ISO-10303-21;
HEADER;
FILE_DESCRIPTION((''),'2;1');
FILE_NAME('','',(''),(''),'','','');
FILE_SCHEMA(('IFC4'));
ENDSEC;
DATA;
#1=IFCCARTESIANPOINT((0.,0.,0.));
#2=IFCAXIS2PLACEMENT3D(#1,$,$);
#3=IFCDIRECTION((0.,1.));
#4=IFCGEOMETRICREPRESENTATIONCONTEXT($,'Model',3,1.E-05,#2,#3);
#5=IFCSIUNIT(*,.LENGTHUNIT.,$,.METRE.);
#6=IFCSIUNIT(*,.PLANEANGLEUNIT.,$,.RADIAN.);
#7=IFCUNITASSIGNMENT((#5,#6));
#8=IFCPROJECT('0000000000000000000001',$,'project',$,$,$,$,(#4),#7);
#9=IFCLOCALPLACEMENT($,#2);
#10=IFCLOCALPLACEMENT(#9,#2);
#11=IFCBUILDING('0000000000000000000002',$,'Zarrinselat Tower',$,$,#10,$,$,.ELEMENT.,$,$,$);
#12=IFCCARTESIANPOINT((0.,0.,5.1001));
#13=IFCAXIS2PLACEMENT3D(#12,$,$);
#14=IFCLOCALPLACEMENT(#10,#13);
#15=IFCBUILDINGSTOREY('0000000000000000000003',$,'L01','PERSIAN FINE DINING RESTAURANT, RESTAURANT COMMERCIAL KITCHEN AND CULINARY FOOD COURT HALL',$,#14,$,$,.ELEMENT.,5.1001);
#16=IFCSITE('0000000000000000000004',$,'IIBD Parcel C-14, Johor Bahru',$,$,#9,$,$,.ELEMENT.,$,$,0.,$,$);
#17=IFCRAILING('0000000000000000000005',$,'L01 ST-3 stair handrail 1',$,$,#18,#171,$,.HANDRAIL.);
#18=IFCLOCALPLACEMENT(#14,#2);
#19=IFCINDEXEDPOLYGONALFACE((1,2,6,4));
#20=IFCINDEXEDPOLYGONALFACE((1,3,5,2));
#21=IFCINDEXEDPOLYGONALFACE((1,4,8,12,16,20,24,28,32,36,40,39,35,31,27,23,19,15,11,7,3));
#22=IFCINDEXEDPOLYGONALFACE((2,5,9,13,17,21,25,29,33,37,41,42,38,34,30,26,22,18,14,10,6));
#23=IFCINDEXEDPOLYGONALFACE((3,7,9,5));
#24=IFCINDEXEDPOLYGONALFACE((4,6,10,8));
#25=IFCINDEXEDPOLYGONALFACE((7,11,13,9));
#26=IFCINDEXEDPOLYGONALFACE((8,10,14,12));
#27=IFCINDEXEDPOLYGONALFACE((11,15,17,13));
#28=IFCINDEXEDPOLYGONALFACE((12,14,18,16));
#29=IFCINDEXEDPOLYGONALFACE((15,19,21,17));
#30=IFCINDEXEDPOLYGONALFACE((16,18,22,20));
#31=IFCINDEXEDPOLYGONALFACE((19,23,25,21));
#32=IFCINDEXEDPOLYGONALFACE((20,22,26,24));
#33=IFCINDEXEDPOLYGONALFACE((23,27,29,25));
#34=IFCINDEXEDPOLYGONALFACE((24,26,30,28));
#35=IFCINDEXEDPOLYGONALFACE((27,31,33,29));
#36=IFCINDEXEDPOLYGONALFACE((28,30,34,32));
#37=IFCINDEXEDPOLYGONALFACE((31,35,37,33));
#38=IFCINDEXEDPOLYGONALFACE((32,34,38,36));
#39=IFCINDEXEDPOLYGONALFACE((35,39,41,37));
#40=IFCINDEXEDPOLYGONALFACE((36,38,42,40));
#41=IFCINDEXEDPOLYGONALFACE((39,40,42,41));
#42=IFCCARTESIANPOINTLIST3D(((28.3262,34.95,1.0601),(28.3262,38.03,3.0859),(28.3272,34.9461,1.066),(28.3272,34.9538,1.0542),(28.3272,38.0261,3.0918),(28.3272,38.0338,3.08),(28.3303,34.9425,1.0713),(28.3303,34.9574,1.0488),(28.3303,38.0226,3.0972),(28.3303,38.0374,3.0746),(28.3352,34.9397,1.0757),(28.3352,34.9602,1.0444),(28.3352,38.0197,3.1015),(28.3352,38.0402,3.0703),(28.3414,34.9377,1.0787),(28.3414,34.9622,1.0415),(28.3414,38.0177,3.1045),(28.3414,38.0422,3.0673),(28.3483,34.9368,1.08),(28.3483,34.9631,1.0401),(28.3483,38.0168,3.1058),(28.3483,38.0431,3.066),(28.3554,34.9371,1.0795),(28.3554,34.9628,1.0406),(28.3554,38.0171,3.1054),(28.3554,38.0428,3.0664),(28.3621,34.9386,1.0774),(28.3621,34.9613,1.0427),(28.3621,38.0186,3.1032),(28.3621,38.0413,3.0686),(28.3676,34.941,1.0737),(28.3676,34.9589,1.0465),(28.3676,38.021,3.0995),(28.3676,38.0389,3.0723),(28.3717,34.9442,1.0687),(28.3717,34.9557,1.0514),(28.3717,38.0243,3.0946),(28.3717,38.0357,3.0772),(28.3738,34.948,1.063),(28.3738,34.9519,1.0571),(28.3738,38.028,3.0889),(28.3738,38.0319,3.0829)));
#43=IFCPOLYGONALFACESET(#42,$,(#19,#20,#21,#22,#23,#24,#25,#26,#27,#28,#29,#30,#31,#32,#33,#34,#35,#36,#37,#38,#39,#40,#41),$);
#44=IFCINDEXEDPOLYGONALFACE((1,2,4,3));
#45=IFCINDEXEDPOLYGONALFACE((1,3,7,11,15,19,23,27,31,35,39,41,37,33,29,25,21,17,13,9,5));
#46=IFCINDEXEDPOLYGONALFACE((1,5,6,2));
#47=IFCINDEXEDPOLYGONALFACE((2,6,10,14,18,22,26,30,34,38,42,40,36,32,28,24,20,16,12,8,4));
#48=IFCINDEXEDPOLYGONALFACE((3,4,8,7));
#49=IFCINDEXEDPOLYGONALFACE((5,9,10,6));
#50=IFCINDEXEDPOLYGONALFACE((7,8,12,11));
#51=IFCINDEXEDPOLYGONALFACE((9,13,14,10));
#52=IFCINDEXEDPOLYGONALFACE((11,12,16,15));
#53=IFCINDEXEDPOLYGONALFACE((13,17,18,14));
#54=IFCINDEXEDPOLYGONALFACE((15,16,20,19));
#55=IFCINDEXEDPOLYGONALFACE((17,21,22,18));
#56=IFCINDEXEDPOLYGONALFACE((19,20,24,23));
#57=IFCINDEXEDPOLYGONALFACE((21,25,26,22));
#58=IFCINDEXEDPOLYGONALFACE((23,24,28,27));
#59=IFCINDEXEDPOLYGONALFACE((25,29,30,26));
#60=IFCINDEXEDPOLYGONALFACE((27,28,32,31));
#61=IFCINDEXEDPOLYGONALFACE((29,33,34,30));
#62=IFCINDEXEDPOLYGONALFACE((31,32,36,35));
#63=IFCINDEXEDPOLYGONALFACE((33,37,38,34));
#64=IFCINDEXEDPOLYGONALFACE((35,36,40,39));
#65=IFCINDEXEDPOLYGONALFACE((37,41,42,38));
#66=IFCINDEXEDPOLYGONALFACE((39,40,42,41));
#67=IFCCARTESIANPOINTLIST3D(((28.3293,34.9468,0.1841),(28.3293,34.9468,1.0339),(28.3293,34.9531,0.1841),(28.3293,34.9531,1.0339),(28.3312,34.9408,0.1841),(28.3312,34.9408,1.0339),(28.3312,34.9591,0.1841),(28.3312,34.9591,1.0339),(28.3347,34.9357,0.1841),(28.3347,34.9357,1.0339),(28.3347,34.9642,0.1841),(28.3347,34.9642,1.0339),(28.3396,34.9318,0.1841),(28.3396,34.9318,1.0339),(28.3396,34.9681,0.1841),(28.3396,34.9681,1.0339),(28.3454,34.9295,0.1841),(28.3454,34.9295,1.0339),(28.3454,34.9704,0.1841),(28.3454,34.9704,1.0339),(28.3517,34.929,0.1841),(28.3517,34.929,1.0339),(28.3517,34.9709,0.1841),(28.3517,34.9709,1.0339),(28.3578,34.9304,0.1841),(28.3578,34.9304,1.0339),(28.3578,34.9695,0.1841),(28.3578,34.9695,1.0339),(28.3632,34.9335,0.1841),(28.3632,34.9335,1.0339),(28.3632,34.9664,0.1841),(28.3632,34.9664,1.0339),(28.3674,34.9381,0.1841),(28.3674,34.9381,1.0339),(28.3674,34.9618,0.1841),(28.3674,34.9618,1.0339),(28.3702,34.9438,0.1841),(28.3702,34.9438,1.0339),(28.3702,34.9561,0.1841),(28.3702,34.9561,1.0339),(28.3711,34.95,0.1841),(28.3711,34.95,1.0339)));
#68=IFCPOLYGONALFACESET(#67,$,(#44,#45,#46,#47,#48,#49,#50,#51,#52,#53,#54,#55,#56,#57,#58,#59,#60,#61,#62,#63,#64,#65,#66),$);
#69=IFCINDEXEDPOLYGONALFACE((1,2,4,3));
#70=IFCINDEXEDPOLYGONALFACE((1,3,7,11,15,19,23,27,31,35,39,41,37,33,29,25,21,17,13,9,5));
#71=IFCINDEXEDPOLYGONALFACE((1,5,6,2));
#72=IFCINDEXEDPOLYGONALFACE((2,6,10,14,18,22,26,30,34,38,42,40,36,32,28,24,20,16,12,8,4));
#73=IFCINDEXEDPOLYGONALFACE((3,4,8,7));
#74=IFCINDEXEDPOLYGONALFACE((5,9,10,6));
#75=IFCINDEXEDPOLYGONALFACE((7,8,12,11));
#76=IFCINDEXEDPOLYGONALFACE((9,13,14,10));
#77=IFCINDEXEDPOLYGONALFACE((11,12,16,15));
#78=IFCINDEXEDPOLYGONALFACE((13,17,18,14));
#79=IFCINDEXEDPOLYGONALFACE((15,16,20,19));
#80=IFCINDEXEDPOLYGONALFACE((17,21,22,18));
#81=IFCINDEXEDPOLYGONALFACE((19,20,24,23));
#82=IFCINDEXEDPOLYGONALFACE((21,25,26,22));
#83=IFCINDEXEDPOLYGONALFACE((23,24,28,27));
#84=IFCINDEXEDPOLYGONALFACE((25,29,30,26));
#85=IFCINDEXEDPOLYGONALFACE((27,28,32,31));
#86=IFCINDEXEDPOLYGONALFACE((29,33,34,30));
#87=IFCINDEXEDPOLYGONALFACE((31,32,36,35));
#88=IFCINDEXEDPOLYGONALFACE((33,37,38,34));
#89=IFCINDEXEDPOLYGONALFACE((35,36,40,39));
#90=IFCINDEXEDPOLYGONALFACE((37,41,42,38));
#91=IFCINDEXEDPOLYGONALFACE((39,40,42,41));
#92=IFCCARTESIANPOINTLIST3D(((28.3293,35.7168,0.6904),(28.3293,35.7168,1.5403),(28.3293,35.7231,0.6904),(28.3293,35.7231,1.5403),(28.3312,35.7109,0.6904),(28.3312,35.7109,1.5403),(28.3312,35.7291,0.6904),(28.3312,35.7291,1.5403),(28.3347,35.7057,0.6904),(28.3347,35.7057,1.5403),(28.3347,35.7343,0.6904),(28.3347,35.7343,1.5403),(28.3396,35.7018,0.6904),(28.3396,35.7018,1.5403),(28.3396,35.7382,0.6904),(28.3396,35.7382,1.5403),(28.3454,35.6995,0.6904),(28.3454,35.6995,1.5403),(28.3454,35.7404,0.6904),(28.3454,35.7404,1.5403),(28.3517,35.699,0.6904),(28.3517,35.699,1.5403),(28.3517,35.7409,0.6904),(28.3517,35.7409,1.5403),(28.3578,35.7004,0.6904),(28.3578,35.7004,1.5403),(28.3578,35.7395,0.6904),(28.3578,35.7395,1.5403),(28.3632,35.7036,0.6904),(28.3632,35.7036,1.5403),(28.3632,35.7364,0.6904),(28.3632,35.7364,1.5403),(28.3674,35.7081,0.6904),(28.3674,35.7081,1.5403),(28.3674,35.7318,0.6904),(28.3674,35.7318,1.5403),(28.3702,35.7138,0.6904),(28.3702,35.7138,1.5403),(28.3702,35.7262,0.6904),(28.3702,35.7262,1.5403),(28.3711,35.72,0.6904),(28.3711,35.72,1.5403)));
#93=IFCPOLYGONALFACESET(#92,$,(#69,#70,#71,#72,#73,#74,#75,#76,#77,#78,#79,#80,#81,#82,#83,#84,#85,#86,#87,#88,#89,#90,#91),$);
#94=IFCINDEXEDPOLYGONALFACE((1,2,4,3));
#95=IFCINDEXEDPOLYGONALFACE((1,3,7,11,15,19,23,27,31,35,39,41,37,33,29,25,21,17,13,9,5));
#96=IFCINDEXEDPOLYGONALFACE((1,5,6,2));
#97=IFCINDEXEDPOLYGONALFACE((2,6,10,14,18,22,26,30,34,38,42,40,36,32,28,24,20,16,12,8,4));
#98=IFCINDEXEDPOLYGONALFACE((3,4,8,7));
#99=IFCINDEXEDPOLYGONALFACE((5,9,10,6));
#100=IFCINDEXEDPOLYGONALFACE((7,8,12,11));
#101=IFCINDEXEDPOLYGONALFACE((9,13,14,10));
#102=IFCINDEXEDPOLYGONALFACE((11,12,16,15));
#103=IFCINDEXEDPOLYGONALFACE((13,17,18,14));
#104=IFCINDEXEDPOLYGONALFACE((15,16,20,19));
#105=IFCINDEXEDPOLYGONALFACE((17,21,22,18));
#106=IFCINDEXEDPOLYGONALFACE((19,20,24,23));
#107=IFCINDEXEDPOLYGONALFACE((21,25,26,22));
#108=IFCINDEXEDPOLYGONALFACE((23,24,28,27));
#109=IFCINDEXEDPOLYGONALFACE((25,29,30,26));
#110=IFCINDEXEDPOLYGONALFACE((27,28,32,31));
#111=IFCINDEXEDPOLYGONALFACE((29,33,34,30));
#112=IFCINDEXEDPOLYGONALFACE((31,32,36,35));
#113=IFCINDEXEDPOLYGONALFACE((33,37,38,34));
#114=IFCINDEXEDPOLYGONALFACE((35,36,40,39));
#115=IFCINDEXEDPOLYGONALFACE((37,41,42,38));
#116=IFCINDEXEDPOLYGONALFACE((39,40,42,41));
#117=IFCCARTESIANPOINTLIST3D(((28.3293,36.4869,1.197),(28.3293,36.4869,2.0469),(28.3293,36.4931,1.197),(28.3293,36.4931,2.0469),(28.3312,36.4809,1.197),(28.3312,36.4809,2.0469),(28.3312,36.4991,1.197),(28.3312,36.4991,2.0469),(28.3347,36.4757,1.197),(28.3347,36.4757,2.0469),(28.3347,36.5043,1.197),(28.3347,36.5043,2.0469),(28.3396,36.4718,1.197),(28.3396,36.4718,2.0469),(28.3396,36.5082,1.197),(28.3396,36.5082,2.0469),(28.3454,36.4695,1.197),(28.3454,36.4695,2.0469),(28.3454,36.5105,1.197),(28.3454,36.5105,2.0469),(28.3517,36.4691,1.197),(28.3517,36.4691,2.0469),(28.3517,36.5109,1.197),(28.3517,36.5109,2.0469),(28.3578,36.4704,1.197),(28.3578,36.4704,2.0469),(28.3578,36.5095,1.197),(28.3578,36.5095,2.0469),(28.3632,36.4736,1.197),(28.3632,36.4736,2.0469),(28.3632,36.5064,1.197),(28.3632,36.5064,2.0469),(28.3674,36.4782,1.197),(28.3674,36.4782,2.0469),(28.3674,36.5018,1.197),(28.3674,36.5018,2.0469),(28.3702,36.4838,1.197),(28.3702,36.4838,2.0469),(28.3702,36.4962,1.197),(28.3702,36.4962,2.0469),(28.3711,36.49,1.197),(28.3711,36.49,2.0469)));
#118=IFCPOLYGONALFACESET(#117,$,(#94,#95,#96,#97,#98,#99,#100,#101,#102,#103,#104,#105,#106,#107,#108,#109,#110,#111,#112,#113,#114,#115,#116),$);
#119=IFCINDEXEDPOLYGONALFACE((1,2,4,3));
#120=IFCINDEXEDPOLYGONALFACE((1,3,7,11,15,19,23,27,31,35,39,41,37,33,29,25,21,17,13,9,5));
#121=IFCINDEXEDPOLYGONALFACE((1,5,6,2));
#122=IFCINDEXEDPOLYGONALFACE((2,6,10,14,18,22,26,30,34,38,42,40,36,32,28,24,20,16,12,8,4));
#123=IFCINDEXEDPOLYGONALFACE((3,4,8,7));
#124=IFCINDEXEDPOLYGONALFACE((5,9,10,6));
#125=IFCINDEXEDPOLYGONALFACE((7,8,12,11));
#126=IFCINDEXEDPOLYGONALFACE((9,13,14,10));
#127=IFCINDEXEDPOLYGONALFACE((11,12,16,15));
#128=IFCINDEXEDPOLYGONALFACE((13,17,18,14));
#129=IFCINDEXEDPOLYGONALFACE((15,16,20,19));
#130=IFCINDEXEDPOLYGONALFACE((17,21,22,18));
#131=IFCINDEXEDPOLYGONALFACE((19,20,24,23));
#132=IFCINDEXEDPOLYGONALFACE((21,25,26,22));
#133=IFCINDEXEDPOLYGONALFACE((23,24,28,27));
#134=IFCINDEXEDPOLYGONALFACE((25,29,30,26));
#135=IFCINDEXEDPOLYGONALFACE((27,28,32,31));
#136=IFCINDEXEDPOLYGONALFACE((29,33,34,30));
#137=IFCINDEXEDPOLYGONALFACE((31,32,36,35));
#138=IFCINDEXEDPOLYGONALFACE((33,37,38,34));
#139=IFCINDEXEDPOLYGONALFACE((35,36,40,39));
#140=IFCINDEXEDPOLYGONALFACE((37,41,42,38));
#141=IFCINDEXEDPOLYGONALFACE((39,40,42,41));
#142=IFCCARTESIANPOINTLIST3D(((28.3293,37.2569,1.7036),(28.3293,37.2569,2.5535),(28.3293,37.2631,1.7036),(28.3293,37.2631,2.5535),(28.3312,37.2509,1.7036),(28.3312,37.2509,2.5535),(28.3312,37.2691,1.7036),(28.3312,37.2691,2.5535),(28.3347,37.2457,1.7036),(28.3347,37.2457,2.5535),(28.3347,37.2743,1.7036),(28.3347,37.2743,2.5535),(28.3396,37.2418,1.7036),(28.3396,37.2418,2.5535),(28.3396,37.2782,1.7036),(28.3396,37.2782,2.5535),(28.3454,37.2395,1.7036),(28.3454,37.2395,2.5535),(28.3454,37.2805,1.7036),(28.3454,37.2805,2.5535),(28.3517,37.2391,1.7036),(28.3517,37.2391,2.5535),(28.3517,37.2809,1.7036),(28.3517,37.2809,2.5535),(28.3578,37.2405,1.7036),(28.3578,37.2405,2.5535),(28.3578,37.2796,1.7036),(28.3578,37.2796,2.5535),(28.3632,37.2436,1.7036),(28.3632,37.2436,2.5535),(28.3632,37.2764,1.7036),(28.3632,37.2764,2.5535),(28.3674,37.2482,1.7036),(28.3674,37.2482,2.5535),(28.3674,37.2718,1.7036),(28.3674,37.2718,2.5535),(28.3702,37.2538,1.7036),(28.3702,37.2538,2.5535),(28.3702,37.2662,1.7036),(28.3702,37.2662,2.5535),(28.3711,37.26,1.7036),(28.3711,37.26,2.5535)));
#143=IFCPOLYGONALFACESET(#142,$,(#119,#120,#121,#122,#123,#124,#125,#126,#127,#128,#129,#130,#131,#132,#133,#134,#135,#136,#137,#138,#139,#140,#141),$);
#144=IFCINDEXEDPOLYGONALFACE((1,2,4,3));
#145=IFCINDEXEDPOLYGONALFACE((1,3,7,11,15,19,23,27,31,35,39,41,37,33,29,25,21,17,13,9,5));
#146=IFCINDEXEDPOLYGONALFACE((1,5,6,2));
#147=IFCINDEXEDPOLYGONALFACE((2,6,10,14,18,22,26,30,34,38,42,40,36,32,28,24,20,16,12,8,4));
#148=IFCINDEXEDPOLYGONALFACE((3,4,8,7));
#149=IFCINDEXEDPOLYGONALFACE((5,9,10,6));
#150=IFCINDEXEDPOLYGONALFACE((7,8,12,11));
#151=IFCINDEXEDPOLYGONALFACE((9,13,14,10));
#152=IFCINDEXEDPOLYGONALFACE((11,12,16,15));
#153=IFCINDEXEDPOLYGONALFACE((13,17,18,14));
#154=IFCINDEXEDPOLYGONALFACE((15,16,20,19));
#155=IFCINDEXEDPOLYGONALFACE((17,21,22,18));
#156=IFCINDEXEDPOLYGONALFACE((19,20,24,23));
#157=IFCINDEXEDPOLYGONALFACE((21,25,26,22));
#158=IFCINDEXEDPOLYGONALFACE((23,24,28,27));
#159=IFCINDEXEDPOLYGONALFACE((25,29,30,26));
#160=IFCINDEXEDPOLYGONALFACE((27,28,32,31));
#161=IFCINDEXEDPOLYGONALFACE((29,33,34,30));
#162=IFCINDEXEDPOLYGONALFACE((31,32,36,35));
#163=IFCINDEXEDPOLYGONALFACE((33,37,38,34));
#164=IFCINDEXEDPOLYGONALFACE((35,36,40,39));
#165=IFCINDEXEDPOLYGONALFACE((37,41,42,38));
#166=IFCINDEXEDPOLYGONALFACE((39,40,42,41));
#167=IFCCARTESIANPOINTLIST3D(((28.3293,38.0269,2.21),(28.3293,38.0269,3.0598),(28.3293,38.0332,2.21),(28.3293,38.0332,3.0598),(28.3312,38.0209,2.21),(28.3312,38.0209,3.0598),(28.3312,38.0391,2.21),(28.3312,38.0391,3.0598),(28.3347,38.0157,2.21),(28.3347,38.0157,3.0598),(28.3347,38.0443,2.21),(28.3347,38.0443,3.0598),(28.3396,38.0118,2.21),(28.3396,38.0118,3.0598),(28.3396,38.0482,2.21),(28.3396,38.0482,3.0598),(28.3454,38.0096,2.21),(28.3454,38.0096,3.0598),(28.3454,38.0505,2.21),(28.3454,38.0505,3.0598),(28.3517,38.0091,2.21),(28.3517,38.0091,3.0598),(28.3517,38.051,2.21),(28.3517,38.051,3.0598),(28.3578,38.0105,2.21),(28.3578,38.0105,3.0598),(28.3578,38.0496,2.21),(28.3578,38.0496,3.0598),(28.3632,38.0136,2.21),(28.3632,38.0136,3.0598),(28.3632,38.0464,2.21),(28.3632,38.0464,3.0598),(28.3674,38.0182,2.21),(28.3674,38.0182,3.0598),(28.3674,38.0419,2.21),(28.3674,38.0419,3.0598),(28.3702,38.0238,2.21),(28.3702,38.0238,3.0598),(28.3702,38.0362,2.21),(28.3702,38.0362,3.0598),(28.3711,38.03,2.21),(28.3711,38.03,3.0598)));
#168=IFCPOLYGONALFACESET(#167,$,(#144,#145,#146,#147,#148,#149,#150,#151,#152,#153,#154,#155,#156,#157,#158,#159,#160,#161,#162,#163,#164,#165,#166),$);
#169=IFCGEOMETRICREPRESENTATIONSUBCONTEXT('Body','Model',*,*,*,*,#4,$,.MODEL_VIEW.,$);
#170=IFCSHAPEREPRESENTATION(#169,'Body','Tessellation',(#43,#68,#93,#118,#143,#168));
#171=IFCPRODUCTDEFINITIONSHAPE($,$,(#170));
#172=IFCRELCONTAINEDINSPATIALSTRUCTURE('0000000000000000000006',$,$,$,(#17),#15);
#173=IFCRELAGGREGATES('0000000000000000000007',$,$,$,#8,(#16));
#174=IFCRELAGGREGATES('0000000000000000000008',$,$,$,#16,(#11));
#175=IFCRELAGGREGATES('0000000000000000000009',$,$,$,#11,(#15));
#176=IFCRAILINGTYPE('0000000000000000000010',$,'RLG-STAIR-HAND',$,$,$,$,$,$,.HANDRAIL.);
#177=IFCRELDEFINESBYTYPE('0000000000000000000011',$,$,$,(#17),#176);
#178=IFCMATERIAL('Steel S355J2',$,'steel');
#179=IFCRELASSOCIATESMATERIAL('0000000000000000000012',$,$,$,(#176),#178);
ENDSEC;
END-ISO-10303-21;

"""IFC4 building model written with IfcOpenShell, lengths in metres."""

from ifc_helpers import new_model, si_unit, direction, frame, origin, origin_2d, place, context, subcontext, project, spatial, circle, extrude, material, type_object, element, save


model = new_model("IFC4")

# Units and contexts
model_context = context("Model", 3, precision=1e-05, world=origin(), true_north=direction((0.0, 1.0)))
body_context = subcontext(model_context, "Body", "Model", "MODEL_VIEW")
ifc_project = project(units=[si_unit("LENGTHUNIT", "METRE"), si_unit("PLANEANGLEUNIT", "RADIAN")], contexts=[model_context])

# Site, building, storey
site_placement = place(None, origin())
site = spatial("IfcSite", under=ifc_project, at=site_placement, Name="IIBD Parcel C-14, Johor Bahru", CompositionType="ELEMENT", RefElevation=0.0)
building_placement = place(site_placement, origin())
building = spatial("IfcBuilding", under=site, at=building_placement, Name="Zarrinselat Tower", CompositionType="ELEMENT")
storey_placement = place(building_placement, frame((0.0, 0.0, 5.1001)))
storey = spatial("IfcBuildingStorey", under=building, at=storey_placement, Name="L01", Description="PERSIAN FINE DINING RESTAURANT, RESTAURANT COMMERCIAL KITCHEN AND CULINARY FOOD COURT HALL", CompositionType="ELEMENT", Elevation=5.1001)

# Railing
ifc_material_1 = material(Name="Steel S355J2", Category="steel")
railing_type_1 = type_object("IfcRailingType", Name="RLG-STAIR-HAND", PredefinedType="HANDRAIL", material=ifc_material_1)
railing_1_placement = place(storey_placement, frame((28.3501, 34.95, 0.1841)))
element("IfcRailing", 1, at=railing_1_placement, inside=storey, type_object=railing_type_1, Name="L01 ST-3 stair handrail 1", PredefinedType="HANDRAIL", context=body_context, shape_type="SweptSolid", body=[
    extrude(circle(Radius=0.0239, at=origin_2d()), frame((0.0, 0.0, 0.876), z_axis=(0.0, 0.835478, 0.549524), x_axis=(-1.0, 0.0, 0.0)), (0.0, 0.0, 1.0), 3.6865),
    extrude(circle(Radius=0.021, at=origin_2d()), origin(), (0.0, 0.0, 1.0), 0.8499),
    extrude(circle(Radius=0.021, at=origin_2d()), frame((0.0, 0.77, 0.5063)), (0.0, 0.0, 1.0), 0.8499),
    extrude(circle(Radius=0.021, at=origin_2d()), frame((0.0, 1.54, 1.0129)), (0.0, 0.0, 1.0), 0.8499),
    extrude(circle(Radius=0.021, at=origin_2d()), frame((0.0, 2.3101, 1.5195)), (0.0, 0.0, 1.0), 0.8499),
    extrude(circle(Radius=0.021, at=origin_2d()), frame((0.0, 3.0801, 2.0259)), (0.0, 0.0, 1.0), 0.8499),
])

save(model, "model.ifc")
